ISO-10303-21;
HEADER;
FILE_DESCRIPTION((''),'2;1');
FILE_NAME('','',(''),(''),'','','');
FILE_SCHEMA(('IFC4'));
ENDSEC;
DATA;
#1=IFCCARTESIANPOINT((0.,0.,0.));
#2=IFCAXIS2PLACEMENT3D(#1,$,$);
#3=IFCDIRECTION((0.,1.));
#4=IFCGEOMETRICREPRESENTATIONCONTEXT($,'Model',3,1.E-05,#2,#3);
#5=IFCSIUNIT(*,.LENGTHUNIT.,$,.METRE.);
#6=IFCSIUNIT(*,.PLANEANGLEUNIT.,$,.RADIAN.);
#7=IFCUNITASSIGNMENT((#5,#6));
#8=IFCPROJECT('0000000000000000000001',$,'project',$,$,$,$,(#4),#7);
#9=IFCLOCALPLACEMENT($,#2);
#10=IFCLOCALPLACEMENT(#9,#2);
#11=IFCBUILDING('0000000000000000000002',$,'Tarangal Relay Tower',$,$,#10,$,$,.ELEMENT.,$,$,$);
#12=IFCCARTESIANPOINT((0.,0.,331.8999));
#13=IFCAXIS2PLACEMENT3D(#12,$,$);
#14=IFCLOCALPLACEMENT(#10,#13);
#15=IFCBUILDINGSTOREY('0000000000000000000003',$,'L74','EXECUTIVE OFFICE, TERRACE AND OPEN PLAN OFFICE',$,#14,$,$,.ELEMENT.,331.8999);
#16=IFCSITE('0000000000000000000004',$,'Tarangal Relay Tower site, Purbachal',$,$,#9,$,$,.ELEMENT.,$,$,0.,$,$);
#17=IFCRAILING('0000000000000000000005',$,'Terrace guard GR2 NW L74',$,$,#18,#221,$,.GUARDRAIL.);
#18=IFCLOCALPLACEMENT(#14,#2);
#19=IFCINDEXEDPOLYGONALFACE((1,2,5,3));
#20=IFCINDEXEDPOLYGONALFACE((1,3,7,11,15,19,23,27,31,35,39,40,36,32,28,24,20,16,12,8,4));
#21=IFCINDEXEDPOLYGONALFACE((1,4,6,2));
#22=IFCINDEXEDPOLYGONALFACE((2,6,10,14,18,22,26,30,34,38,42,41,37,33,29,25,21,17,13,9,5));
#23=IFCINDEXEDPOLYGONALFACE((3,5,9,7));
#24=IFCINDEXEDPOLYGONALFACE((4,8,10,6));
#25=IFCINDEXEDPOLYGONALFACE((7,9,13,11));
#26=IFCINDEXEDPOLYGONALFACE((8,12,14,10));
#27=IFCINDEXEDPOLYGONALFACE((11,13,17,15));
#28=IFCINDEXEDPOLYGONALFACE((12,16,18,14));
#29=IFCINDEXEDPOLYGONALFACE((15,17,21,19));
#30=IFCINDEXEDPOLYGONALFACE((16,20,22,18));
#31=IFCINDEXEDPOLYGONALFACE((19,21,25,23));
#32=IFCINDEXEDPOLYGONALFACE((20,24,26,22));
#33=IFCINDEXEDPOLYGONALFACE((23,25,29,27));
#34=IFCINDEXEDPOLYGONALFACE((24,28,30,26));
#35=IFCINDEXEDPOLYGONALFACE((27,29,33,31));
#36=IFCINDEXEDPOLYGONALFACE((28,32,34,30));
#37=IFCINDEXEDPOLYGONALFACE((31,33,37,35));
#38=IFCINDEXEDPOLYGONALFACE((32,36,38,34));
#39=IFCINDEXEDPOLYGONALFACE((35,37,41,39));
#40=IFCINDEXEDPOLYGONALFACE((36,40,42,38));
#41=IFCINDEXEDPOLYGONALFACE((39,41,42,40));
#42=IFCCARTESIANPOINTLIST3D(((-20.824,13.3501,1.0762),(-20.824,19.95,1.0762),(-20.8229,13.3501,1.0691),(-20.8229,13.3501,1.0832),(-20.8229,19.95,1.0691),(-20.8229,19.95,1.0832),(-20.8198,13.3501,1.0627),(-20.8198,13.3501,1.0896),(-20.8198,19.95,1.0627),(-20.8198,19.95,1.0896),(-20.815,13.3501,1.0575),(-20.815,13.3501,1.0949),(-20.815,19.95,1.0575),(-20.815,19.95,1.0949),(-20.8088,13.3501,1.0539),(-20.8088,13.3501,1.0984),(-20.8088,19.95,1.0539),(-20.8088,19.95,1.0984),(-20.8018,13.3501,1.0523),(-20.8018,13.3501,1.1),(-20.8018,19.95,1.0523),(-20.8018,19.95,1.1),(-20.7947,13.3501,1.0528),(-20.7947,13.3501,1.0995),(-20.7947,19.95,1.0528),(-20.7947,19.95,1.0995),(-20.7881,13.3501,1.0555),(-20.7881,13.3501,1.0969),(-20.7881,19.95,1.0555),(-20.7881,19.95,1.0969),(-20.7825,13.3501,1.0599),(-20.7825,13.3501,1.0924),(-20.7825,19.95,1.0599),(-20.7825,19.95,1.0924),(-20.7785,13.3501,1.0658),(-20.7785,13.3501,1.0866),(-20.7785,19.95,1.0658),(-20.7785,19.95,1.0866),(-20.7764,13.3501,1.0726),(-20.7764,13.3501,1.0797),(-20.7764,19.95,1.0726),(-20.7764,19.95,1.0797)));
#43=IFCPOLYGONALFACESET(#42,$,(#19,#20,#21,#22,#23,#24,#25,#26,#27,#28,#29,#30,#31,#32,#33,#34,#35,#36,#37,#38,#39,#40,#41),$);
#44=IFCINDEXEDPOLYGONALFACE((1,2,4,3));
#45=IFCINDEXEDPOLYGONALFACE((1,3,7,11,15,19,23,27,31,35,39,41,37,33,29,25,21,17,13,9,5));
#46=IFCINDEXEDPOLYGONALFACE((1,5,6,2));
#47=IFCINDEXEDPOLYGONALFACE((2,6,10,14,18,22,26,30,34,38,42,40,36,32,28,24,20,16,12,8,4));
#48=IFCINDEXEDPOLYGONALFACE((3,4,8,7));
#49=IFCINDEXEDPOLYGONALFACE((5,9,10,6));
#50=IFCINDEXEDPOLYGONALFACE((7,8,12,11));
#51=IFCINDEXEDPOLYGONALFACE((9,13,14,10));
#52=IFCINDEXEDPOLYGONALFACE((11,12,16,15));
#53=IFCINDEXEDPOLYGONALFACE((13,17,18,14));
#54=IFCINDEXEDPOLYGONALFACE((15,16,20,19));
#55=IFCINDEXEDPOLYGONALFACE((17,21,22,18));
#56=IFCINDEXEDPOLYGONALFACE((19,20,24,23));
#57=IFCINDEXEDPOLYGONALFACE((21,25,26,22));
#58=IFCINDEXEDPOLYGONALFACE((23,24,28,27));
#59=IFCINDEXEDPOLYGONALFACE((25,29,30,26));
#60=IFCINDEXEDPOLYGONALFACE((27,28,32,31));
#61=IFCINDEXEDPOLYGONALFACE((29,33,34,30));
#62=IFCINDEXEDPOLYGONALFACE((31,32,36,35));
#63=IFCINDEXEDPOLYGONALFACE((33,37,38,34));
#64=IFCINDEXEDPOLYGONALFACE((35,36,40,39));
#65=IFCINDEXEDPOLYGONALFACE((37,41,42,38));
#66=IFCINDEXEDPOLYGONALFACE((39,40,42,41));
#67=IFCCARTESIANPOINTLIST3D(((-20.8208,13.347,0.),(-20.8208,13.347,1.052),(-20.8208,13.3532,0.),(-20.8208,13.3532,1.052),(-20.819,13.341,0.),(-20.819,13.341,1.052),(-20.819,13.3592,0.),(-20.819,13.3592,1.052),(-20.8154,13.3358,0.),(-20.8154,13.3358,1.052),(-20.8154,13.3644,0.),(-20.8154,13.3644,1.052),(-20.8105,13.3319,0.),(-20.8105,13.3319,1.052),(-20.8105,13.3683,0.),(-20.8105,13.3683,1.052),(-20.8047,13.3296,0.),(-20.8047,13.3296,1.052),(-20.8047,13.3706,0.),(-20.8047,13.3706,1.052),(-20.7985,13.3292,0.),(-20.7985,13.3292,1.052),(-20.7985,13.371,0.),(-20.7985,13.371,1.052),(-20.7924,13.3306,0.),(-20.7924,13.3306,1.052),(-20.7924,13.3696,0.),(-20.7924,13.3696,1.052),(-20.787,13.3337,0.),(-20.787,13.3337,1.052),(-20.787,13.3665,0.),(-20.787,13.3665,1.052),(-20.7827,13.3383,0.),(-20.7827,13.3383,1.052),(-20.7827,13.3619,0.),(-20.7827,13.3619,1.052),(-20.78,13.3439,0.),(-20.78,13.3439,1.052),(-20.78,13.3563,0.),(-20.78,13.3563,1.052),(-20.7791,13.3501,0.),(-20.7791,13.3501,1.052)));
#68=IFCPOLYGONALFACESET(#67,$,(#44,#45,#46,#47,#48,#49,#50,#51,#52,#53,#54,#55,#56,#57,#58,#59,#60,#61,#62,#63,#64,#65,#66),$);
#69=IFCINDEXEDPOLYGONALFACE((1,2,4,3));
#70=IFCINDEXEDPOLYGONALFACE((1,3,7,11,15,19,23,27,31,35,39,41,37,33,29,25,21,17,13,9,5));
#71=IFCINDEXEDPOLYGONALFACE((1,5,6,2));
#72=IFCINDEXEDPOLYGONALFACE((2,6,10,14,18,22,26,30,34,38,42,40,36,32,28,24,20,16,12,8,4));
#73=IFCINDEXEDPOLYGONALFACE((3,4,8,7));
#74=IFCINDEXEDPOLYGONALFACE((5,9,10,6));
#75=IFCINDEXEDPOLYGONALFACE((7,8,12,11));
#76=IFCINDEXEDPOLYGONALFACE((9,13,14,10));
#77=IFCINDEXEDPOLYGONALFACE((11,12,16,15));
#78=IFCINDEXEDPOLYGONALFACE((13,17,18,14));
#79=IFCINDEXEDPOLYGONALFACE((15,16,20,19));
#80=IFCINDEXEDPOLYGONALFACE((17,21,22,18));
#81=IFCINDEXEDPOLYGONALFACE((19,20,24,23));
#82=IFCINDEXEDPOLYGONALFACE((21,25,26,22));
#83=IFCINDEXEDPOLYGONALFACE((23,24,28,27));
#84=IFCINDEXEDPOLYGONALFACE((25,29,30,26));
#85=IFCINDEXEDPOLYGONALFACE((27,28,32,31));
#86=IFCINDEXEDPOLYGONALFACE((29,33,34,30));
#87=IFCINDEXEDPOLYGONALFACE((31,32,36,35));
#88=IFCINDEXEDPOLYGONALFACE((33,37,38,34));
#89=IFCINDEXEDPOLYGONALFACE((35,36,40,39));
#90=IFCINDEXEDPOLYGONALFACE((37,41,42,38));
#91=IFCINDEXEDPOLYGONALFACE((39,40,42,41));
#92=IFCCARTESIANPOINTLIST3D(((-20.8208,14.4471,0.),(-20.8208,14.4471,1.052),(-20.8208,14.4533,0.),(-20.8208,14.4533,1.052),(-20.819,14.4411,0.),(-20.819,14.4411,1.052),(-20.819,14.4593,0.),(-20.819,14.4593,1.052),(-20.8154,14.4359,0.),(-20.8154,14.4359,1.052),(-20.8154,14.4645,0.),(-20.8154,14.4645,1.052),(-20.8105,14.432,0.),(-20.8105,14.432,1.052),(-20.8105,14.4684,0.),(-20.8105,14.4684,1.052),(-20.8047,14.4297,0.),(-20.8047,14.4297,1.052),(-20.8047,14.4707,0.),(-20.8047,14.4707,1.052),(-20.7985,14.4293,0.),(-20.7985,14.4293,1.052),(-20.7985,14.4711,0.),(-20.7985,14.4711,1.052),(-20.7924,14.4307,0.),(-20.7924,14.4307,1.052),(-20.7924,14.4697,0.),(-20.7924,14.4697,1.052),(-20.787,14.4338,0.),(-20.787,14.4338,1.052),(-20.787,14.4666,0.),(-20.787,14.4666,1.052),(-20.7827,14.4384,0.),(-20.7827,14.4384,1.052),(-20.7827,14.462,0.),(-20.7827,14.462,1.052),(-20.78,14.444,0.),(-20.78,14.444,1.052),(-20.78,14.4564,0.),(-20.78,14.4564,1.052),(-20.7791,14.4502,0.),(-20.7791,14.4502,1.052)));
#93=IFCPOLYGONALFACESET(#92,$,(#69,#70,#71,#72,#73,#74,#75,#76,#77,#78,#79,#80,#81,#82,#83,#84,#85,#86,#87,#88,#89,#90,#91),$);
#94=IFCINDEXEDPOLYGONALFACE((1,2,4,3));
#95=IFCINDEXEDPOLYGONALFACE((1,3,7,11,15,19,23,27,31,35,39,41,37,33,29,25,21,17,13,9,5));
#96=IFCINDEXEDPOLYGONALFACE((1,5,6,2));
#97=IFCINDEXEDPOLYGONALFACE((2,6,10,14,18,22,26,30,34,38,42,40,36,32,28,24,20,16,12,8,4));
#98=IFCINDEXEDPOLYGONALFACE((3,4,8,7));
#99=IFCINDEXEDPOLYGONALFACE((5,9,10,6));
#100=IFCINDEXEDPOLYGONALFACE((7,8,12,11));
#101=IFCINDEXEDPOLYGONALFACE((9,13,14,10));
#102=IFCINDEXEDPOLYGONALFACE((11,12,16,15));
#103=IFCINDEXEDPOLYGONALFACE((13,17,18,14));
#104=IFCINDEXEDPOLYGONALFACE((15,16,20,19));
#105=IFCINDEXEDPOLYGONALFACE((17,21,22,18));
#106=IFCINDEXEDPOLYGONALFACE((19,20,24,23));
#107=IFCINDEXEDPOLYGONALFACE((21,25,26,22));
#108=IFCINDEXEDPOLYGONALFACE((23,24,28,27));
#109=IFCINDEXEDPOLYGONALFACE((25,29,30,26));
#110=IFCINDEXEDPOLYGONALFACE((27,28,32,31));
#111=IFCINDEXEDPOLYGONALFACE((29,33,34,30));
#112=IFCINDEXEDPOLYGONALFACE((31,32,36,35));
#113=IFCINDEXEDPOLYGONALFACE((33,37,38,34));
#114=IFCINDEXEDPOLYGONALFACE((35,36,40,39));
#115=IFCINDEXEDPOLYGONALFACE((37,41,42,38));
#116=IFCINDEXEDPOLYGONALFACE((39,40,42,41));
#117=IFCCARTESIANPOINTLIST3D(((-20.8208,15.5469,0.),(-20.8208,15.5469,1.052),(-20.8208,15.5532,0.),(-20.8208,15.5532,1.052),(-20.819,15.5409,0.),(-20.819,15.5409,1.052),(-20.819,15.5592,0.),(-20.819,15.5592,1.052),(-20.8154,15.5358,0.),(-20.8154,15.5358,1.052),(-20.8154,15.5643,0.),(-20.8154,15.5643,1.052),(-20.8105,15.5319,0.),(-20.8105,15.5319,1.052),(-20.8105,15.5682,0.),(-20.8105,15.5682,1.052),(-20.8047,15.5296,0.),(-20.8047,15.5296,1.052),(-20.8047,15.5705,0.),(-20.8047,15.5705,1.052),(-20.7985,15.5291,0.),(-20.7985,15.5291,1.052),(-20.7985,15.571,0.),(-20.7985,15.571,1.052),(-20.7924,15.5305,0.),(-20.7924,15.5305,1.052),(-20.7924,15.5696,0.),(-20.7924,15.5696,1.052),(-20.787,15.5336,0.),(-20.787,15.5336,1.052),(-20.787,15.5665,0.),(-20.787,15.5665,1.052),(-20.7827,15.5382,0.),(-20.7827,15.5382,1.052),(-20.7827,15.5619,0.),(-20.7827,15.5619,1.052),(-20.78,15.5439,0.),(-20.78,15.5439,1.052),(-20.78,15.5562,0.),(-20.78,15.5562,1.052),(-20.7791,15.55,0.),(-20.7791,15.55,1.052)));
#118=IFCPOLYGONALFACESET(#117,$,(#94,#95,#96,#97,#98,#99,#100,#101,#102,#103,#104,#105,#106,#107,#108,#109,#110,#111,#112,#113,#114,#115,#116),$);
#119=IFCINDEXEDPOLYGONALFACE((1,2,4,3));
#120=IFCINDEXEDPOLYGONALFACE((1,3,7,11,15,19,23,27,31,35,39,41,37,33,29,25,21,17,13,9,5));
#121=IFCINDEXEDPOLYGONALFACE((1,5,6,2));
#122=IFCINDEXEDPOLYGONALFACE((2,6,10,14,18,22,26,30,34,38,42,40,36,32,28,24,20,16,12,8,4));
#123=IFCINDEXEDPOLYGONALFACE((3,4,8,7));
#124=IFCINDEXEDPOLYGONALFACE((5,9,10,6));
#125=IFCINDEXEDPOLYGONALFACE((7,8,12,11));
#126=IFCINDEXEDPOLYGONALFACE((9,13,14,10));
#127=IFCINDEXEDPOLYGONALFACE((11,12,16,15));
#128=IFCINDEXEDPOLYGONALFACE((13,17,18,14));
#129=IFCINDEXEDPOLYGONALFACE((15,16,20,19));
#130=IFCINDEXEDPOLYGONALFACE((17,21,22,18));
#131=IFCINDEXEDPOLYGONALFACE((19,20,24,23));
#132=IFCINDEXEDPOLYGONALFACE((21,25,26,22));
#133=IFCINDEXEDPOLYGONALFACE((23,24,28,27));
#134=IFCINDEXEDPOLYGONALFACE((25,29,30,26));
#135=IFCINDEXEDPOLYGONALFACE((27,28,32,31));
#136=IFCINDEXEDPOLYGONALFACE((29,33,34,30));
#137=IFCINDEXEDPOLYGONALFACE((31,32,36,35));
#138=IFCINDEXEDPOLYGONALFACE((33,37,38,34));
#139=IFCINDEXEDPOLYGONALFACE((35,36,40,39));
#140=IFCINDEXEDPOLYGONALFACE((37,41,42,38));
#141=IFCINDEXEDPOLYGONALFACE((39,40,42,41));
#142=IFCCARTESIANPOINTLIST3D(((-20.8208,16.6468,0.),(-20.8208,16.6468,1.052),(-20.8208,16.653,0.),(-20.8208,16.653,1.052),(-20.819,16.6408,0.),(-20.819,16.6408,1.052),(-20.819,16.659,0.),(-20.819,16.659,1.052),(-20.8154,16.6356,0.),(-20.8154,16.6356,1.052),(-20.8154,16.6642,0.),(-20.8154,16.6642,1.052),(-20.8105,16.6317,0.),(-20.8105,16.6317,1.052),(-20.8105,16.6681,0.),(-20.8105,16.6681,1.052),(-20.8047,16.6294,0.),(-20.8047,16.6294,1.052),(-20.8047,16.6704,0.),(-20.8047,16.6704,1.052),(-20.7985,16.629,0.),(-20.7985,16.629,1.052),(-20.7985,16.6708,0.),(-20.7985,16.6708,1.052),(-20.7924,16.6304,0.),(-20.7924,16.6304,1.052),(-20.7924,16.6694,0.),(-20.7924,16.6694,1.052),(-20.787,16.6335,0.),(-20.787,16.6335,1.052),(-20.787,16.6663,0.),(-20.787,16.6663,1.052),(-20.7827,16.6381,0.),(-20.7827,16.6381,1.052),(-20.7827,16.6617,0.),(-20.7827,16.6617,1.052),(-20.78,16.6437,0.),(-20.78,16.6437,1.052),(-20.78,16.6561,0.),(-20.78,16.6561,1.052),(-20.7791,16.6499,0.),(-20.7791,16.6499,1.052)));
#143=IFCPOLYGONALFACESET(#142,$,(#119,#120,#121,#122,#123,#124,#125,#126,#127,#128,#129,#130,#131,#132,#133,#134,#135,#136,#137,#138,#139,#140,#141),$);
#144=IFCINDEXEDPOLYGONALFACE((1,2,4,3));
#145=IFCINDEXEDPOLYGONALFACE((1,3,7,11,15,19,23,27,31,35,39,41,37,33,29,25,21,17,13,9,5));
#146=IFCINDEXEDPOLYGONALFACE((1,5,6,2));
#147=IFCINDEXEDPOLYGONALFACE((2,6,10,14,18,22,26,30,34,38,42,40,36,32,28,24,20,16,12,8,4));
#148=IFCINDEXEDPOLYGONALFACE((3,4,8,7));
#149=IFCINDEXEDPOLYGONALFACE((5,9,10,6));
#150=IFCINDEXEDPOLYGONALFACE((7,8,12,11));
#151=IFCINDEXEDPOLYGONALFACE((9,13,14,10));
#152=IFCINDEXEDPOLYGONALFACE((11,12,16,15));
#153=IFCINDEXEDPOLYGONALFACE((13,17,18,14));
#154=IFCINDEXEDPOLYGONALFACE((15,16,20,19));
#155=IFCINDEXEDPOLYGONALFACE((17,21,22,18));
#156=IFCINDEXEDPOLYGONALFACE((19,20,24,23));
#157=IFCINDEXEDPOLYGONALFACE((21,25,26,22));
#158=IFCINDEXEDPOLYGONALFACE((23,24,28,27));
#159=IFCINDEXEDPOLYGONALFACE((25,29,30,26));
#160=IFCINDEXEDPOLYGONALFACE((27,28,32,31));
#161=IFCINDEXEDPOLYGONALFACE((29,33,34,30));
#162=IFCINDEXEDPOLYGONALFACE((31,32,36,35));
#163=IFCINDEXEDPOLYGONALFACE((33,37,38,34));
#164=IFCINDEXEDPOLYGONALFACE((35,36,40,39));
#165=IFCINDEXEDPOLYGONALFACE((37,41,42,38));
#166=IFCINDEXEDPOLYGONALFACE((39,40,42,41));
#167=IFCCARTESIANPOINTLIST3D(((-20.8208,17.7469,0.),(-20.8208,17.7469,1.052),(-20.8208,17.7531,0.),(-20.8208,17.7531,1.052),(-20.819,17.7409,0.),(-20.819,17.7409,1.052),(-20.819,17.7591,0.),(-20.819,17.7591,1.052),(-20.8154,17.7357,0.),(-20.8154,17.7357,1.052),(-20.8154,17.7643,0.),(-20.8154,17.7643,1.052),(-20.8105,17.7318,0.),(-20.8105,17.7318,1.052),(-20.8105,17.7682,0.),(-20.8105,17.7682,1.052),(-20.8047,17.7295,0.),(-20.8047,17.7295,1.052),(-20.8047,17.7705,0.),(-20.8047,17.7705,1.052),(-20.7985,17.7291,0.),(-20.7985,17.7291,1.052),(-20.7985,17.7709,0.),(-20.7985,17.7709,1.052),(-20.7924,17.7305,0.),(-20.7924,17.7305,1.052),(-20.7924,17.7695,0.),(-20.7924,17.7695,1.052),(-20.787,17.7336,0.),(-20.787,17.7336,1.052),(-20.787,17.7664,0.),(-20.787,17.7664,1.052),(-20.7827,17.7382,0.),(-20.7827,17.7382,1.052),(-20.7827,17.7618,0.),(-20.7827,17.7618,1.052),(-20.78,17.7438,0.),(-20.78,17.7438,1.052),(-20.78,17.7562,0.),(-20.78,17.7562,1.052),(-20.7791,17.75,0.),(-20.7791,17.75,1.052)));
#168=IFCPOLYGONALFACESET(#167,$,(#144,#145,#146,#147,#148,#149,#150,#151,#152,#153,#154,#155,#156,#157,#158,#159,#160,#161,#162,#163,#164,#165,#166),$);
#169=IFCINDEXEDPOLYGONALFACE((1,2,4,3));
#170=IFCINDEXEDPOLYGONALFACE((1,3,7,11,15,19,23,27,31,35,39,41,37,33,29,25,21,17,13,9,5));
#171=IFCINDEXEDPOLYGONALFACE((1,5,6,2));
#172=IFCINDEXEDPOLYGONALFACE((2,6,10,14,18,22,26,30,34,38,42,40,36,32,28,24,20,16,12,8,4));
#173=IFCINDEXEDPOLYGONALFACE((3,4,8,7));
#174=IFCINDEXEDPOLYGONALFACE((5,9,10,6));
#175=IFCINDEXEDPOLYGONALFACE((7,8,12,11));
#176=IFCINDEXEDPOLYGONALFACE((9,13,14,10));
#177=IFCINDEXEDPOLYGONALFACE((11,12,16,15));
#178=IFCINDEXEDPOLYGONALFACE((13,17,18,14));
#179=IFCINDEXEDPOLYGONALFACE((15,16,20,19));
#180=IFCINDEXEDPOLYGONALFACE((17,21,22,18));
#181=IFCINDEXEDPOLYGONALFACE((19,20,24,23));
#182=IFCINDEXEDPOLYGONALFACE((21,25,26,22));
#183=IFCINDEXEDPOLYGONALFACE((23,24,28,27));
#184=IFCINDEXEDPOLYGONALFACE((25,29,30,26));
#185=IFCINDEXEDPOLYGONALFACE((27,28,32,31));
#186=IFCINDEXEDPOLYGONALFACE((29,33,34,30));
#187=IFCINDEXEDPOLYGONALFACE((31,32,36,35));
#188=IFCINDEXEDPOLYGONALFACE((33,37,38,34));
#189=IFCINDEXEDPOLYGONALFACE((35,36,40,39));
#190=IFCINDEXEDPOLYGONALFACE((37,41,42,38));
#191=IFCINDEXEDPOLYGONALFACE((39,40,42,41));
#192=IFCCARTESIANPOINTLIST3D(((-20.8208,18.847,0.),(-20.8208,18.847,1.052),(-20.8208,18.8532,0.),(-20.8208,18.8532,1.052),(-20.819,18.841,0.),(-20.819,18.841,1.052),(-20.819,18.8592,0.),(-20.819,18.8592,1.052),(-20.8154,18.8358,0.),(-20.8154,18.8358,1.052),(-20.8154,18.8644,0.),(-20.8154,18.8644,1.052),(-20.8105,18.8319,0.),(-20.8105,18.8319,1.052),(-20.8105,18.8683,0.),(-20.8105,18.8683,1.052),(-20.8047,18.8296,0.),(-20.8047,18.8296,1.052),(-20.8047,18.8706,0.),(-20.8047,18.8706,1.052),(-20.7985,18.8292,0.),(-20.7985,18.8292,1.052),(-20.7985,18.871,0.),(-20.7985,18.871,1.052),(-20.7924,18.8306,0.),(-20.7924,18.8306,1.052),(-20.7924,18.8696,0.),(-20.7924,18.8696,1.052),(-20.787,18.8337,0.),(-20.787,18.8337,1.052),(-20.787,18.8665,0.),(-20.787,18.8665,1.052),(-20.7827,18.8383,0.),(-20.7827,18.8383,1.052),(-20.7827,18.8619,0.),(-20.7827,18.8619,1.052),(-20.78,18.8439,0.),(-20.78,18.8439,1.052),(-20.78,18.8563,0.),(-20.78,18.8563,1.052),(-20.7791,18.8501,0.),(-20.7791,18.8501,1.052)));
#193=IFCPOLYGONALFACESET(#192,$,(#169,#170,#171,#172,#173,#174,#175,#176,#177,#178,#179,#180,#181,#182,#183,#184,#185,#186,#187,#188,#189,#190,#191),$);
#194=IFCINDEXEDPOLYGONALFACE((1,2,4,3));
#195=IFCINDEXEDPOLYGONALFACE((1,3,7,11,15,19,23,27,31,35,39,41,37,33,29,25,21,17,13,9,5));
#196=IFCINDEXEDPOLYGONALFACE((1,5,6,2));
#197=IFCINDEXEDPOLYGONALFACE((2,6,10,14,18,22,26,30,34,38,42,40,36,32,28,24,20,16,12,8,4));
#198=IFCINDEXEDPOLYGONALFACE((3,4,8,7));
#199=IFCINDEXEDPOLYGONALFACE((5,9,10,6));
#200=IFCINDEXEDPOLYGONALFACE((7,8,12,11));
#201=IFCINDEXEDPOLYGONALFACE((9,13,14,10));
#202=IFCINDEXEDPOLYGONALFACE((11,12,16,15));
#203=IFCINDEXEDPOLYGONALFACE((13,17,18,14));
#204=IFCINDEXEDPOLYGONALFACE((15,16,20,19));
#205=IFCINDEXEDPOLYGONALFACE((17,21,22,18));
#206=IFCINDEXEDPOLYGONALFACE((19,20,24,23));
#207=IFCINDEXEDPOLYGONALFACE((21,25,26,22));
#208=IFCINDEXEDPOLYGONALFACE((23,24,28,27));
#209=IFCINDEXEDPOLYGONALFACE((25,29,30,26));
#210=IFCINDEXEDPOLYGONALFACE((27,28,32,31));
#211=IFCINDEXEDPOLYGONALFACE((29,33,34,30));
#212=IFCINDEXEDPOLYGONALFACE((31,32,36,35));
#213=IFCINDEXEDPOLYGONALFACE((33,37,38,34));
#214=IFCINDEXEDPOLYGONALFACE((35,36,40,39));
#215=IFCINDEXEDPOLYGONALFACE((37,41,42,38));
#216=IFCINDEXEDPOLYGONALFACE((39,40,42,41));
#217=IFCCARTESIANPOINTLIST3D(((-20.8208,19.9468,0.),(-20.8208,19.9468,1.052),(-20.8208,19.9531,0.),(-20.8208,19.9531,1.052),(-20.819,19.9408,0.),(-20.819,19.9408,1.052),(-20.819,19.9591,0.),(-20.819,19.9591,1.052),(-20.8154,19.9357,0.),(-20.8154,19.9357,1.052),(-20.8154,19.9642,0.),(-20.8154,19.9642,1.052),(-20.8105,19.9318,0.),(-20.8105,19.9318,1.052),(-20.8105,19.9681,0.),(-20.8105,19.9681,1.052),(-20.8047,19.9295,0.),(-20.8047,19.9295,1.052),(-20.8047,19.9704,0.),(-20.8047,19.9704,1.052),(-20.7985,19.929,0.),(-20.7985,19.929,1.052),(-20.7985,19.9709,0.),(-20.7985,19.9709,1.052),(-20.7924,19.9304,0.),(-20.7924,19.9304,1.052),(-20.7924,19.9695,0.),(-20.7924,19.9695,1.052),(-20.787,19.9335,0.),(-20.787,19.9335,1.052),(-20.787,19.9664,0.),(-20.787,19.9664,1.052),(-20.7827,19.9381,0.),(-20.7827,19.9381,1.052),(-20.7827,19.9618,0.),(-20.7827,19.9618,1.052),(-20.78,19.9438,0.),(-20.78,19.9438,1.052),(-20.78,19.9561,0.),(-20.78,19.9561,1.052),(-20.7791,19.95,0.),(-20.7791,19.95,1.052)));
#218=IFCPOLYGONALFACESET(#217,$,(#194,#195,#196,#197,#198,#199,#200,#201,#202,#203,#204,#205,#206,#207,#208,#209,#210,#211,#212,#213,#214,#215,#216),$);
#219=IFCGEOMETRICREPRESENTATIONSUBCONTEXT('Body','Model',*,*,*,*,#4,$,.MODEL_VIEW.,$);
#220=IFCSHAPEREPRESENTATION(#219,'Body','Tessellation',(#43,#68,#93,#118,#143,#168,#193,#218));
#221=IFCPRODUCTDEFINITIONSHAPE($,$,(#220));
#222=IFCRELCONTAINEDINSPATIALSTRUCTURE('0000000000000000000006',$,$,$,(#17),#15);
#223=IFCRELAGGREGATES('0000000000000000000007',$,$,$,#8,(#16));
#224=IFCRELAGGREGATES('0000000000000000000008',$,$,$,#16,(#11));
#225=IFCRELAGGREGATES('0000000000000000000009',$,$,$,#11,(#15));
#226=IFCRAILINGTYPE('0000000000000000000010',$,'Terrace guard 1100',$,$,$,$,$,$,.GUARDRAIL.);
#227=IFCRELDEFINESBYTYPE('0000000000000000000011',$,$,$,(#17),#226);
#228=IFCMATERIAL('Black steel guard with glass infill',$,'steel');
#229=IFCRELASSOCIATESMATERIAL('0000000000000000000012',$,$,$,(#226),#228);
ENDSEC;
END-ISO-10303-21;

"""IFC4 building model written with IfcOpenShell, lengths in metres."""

from ifc_helpers import new_model, si_unit, direction, frame, origin, origin_2d, place, context, subcontext, project, spatial, circle, extrude, material, type_object, element, save


model = new_model("IFC4")

# Units and contexts
model_context = context("Model", 3, precision=1e-05, world=origin(), true_north=direction((0.0, 1.0)))
body_context = subcontext(model_context, "Body", "Model", "MODEL_VIEW")
ifc_project = project(units=[si_unit("LENGTHUNIT", "METRE"), si_unit("PLANEANGLEUNIT", "RADIAN")], contexts=[model_context])

# Site, building, storey
site_placement = place(None, origin())
site = spatial("IfcSite", under=ifc_project, at=site_placement, Name="Tarangal Relay Tower site, Purbachal", CompositionType="ELEMENT", RefElevation=0.0)
building_placement = place(site_placement, origin())
building = spatial("IfcBuilding", under=site, at=building_placement, Name="Tarangal Relay Tower", CompositionType="ELEMENT")
storey_placement = place(building_placement, frame((0.0, 0.0, 331.8999)))
storey = spatial("IfcBuildingStorey", under=building, at=storey_placement, Name="L74", Description="EXECUTIVE OFFICE, TERRACE AND OPEN PLAN OFFICE", CompositionType="ELEMENT", Elevation=331.8999)

# Railing
ifc_material_1 = material(Name="Black steel guard with glass infill", Category="steel")
railing_type = type_object("IfcRailingType", Name="Terrace guard 1100", PredefinedType="GUARDRAIL", material=ifc_material_1)
railing_1_placement = place(storey_placement, frame((-20.8, 13.3501, 0.0)))
element("IfcRailing", 1, at=railing_1_placement, inside=storey, type_object=railing_type, Name="Terrace guard GR2 NW L74", PredefinedType="GUARDRAIL", context=body_context, shape_type="SweptSolid", body=[
    extrude(circle(Radius=0.0239, at=origin_2d()), frame((0.0, 0.0, 1.0762), z_axis=(0.0, 1.0, 0.0), x_axis=(-1.0, 0.0, 0.0)), (0.0, 0.0, 1.0), 6.5999),
    extrude(circle(Radius=0.021, at=origin_2d()), origin(), (0.0, 0.0, 1.0), 1.052),
    extrude(circle(Radius=0.021, at=origin_2d()), frame((0.0, 1.1001, 0.0)), (0.0, 0.0, 1.0), 1.052),
    extrude(circle(Radius=0.021, at=origin_2d()), frame((0.0, 2.2, 0.0)), (0.0, 0.0, 1.0), 1.052),
    extrude(circle(Radius=0.021, at=origin_2d()), frame((0.0, 3.2998, 0.0)), (0.0, 0.0, 1.0), 1.052),
    extrude(circle(Radius=0.021, at=origin_2d()), frame((0.0, 4.3999, 0.0)), (0.0, 0.0, 1.0), 1.052),
    extrude(circle(Radius=0.021, at=origin_2d()), frame((0.0, 5.5, 0.0)), (0.0, 0.0, 1.0), 1.052),
    extrude(circle(Radius=0.021, at=origin_2d()), frame((0.0, 6.5999, 0.0)), (0.0, 0.0, 1.0), 1.052),
])

save(model, "model.ifc")
